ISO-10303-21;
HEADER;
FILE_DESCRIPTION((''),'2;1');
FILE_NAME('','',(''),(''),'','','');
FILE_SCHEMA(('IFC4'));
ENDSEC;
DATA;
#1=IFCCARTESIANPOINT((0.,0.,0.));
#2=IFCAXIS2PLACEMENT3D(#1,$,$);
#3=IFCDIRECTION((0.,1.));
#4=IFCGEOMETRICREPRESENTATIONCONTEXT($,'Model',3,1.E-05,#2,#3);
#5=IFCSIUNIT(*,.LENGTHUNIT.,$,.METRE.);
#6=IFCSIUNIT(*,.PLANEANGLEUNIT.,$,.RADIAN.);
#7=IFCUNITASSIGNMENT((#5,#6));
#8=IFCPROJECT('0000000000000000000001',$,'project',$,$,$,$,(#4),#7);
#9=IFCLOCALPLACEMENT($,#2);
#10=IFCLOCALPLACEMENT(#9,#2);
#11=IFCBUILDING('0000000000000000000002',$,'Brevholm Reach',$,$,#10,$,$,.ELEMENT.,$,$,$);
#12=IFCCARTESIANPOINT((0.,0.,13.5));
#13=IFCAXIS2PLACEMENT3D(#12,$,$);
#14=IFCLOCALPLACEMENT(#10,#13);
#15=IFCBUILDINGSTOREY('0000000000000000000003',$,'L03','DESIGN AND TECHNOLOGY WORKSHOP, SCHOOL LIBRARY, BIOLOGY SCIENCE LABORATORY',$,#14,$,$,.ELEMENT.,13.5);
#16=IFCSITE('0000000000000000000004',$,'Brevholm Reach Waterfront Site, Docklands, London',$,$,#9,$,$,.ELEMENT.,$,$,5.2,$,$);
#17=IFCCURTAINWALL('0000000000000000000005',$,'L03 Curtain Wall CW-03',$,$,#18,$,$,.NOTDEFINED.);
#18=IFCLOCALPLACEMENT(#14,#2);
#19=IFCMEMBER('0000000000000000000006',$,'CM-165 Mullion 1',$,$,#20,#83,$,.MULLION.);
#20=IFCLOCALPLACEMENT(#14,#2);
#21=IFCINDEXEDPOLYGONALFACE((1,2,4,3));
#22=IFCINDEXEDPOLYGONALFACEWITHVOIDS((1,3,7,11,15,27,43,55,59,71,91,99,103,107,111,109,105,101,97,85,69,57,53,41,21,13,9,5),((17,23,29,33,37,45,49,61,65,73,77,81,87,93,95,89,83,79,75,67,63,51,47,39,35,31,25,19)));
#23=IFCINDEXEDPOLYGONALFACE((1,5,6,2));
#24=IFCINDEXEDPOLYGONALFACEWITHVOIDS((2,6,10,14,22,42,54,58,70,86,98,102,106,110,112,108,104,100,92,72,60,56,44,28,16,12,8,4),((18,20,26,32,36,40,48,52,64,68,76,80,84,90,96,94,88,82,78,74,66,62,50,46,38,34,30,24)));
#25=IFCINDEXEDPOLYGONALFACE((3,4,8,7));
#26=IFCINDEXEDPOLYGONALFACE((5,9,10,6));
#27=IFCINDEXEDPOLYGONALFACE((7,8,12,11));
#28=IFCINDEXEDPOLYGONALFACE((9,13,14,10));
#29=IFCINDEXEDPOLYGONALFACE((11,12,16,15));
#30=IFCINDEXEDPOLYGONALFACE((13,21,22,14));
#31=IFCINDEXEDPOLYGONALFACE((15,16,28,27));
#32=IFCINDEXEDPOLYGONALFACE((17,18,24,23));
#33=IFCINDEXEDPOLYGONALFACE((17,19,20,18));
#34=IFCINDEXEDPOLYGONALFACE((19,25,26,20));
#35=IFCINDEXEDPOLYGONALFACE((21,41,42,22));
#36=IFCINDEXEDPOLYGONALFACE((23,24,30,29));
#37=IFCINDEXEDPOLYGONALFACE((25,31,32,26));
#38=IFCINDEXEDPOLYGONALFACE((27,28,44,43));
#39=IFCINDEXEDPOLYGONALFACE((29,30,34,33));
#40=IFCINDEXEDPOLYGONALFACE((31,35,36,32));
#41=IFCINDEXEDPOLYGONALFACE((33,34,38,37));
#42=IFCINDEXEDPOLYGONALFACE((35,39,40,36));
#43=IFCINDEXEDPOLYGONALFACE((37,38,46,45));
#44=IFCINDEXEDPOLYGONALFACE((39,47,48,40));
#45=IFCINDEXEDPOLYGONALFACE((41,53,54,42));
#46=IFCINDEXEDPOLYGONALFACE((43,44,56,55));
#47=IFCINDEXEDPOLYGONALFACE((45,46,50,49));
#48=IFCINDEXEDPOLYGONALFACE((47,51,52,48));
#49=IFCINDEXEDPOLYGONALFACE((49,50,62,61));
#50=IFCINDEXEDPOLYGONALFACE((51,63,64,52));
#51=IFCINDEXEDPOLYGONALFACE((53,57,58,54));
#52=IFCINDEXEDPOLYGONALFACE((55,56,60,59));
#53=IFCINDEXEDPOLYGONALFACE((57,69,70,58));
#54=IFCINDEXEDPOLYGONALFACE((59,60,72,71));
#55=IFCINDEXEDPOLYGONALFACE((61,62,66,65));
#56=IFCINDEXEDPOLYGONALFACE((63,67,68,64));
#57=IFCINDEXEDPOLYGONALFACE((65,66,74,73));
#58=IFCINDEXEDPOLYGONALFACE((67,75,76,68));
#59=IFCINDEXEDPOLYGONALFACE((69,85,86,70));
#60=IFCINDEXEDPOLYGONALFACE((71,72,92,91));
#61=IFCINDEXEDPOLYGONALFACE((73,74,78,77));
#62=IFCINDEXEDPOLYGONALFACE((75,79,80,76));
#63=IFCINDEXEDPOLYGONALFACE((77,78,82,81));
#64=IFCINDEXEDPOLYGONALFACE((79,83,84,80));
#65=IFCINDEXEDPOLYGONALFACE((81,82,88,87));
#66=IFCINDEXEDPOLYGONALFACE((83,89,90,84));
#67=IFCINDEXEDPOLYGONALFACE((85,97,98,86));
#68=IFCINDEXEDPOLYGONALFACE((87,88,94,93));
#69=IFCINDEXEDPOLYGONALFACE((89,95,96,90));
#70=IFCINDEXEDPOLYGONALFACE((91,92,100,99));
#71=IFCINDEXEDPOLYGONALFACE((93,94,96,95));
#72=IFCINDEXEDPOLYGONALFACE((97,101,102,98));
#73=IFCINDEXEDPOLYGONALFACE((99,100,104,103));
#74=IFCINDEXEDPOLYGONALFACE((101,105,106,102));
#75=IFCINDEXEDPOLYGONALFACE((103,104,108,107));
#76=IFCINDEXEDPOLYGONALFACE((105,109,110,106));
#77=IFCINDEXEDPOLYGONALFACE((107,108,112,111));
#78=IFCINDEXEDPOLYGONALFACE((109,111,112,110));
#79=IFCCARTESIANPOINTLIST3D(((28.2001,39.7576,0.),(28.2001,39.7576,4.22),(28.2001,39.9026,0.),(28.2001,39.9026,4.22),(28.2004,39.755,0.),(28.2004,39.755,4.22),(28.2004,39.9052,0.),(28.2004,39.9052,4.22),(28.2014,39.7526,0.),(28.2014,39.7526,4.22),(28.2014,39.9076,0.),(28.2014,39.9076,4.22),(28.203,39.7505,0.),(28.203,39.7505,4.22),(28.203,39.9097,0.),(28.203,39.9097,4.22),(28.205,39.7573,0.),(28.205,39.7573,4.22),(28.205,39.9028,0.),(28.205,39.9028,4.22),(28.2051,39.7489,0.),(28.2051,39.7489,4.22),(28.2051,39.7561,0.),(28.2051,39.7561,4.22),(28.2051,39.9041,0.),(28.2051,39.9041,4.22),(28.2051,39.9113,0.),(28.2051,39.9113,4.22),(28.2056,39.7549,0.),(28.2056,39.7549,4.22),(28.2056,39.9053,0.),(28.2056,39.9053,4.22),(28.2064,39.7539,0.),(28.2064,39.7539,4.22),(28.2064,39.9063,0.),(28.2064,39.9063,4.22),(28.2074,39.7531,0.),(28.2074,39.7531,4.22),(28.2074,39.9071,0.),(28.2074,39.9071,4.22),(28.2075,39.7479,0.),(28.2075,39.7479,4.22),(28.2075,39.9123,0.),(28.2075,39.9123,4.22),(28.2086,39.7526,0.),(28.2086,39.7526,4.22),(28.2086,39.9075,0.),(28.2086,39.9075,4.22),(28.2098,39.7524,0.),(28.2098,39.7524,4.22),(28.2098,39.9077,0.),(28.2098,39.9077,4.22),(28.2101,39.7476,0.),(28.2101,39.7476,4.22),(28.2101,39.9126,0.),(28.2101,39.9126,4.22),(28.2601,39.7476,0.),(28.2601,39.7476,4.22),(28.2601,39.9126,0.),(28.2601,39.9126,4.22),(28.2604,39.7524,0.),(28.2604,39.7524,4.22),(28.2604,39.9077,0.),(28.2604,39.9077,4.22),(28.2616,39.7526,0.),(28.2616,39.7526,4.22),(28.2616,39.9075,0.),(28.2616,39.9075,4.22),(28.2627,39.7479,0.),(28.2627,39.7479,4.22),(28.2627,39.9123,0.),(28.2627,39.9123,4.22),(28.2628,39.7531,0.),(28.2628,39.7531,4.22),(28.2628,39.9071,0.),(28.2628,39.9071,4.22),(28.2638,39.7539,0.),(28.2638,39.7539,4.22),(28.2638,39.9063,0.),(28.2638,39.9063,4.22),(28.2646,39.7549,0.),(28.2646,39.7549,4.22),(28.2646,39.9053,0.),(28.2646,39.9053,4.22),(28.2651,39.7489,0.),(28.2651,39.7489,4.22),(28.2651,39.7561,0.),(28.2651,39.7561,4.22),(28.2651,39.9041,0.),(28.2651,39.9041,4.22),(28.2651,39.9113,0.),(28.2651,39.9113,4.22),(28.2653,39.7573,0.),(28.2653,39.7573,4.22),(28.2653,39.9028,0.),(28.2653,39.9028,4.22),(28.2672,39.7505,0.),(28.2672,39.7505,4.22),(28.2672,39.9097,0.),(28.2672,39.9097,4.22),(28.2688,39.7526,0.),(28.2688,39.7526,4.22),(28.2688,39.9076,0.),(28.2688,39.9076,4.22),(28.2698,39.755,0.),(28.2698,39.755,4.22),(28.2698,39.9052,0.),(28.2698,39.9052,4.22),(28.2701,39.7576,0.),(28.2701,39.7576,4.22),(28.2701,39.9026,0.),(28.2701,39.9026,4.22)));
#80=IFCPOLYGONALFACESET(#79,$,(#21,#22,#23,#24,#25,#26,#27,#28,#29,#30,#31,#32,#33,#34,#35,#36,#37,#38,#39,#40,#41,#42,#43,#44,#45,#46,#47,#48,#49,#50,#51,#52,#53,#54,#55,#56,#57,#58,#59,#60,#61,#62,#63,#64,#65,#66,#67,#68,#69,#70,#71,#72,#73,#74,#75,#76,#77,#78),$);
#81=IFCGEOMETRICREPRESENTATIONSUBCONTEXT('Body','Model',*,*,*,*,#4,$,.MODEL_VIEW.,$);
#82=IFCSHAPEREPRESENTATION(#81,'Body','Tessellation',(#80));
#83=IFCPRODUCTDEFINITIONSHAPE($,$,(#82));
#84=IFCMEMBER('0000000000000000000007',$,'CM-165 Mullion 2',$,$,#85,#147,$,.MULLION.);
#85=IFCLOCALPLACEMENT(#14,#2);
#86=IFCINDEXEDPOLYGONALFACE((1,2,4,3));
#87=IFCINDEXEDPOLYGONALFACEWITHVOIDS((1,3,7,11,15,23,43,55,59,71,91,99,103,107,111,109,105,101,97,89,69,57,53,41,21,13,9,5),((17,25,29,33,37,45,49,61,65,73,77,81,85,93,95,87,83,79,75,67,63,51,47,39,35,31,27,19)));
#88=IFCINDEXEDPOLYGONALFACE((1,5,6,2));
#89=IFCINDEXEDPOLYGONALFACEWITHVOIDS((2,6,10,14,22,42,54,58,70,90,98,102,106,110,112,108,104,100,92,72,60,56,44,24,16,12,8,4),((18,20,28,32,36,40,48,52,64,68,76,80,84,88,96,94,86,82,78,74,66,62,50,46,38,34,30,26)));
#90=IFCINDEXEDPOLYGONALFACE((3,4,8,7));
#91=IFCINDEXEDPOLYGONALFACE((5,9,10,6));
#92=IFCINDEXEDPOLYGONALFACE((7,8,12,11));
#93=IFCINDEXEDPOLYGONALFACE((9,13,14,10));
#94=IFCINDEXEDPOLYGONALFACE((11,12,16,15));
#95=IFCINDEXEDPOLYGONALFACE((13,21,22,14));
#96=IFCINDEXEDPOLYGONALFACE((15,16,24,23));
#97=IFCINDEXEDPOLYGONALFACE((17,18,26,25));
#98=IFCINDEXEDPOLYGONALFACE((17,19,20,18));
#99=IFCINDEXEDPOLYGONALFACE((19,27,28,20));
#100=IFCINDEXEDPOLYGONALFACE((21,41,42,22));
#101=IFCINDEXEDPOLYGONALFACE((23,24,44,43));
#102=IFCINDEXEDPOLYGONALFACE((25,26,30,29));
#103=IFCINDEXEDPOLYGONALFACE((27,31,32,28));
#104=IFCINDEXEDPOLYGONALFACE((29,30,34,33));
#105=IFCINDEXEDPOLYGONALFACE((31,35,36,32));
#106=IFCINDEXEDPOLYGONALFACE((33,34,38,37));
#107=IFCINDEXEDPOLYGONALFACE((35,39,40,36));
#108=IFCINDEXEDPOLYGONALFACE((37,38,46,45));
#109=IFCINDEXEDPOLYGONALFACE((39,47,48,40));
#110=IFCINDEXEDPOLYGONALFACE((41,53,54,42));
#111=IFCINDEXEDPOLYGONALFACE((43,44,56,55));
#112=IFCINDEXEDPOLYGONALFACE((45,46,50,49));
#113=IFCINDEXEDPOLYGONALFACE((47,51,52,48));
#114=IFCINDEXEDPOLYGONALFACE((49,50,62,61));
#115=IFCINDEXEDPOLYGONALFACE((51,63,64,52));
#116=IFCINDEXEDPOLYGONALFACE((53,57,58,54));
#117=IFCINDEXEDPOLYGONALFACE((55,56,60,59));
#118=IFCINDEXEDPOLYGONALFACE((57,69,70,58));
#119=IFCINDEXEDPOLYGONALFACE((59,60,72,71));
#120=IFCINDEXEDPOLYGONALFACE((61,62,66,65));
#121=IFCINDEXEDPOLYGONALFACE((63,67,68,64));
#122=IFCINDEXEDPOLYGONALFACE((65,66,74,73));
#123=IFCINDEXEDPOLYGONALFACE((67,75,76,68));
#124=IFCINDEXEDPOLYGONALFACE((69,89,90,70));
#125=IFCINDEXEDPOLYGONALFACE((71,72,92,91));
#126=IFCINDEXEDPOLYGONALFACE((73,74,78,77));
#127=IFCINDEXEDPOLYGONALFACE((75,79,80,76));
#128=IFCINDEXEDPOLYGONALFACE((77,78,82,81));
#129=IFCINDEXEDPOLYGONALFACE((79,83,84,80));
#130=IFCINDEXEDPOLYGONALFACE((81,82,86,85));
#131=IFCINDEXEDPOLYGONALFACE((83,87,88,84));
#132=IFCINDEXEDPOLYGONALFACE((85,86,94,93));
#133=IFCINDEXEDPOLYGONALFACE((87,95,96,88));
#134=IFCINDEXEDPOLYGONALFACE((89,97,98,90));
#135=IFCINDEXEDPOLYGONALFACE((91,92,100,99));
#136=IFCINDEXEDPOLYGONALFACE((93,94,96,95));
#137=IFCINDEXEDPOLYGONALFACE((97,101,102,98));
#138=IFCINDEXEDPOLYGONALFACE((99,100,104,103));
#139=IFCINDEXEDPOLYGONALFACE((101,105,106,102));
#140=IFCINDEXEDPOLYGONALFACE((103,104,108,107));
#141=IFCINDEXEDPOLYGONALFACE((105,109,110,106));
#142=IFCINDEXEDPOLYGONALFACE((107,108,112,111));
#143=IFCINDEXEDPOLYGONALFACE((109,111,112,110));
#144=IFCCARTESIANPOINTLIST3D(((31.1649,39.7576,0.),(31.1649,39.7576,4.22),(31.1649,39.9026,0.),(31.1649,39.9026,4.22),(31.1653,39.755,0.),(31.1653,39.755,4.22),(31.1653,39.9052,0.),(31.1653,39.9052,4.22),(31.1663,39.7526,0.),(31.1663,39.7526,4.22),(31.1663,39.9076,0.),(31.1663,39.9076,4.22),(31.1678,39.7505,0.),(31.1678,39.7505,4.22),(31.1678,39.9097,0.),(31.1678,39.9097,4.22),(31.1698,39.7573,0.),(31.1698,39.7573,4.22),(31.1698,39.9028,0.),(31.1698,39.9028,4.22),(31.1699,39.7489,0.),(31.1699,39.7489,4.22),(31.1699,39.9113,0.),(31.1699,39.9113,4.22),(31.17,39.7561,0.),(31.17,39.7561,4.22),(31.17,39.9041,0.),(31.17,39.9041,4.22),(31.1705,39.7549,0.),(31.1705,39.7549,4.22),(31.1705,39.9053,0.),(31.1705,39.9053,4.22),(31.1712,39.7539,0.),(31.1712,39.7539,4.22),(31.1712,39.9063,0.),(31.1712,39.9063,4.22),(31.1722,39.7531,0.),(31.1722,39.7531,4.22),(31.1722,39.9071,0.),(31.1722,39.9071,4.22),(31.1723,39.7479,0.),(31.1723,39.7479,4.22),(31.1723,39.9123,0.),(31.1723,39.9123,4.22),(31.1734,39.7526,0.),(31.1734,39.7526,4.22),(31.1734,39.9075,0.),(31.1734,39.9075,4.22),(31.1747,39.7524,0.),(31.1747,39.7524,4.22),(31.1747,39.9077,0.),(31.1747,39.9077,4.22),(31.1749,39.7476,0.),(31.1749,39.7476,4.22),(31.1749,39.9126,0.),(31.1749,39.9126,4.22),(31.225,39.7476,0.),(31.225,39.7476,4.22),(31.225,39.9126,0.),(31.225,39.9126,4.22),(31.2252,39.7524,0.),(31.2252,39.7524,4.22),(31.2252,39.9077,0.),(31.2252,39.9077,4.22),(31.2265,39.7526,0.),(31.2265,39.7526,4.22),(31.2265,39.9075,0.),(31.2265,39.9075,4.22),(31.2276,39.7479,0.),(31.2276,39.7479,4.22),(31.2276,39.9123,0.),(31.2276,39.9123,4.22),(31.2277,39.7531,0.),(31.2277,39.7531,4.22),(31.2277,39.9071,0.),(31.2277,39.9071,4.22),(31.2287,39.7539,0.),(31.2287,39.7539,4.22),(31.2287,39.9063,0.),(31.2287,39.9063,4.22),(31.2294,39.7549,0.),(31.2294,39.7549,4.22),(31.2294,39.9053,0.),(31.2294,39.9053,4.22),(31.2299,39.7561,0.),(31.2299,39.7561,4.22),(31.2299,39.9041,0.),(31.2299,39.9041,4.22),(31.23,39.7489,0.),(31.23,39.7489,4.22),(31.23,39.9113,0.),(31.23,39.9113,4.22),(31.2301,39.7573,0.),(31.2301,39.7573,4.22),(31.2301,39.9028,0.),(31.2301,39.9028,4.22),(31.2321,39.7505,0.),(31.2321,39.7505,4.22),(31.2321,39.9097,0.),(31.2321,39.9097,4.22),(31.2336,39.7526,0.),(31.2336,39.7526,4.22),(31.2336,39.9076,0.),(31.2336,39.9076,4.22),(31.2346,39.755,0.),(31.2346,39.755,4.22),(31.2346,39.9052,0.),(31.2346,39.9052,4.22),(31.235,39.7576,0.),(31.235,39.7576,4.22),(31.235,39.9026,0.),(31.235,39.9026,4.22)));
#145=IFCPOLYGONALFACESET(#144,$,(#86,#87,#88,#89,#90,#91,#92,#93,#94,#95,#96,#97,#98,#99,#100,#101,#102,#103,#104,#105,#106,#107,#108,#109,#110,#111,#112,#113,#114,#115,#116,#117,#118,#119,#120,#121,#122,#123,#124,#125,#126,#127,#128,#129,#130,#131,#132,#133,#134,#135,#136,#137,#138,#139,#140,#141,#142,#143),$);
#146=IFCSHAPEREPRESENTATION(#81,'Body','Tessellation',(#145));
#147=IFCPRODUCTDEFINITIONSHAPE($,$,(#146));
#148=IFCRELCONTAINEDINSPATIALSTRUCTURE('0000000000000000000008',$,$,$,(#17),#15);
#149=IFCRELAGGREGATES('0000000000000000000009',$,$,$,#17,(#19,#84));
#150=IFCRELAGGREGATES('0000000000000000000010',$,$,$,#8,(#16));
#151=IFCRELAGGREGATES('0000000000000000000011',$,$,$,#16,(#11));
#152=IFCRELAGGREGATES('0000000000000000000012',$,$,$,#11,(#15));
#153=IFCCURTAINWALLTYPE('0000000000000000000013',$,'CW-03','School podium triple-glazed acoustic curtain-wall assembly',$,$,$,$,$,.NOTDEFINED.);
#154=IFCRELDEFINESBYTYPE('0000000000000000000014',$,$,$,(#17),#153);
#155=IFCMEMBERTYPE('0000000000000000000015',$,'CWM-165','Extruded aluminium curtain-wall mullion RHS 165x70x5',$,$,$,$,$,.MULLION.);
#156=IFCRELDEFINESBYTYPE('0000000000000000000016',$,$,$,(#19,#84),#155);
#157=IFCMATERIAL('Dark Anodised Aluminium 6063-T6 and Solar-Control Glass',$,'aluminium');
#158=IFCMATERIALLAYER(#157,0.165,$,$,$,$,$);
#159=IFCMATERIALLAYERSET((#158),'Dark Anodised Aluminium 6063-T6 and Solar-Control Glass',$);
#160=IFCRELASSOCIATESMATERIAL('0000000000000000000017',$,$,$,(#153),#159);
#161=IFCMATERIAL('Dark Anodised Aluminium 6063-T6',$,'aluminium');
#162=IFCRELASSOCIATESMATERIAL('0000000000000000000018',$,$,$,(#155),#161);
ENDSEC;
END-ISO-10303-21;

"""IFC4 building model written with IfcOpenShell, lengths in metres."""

from ifc_helpers import new_model, si_unit, direction, frame, origin, origin_2d, place, context, subcontext, project, spatial, hollow_rectangle, extrude, material, layer, layer_set, material_profile, profile_set, type_object, element, aggregate, save


model = new_model("IFC4")

# Units and contexts
model_context = context("Model", 3, precision=1e-05, world=origin(), true_north=direction((0.0, 1.0)))
body_context = subcontext(model_context, "Body", "Model", "MODEL_VIEW")
ifc_project = project(units=[si_unit("LENGTHUNIT", "METRE"), si_unit("PLANEANGLEUNIT", "RADIAN")], contexts=[model_context])

# Site, building, storey
site_placement = place(None, origin())
site = spatial("IfcSite", under=ifc_project, at=site_placement, Name="Brevholm Reach Waterfront Site, Docklands, London", CompositionType="ELEMENT", RefElevation=5.2)
building_placement = place(site_placement, origin())
building = spatial("IfcBuilding", under=site, at=building_placement, Name="Brevholm Reach", CompositionType="ELEMENT")
storey_placement = place(building_placement, frame((0.0, 0.0, 13.5)))
storey = spatial("IfcBuildingStorey", under=building, at=storey_placement, Name="L03", Description="DESIGN AND TECHNOLOGY WORKSHOP, SCHOOL LIBRARY, BIOLOGY SCIENCE LABORATORY", CompositionType="ELEMENT", Elevation=13.5)

# Curtain wall, members
ifc_material_1 = material(Name="Dark Anodised Aluminium 6063-T6 and Solar-Control Glass", Category="aluminium")
ifc_layer_1 = layer(ifc_material_1, 0.165)
ifc_layer_set_1 = layer_set([ifc_layer_1], Name="Dark Anodised Aluminium 6063-T6 and Solar-Control Glass")
curtain_wall_type = type_object("IfcCurtainWallType", Name="CW-03", Description="School podium triple-glazed acoustic curtain-wall assembly", PredefinedType="NOTDEFINED", material=ifc_layer_set_1)
curtain_wall_placement = place(storey_placement, origin())
curtain_wall = element("IfcCurtainWall", 1, at=curtain_wall_placement, inside=storey, type_object=curtain_wall_type, Name="L03 Curtain Wall CW-03", PredefinedType="NOTDEFINED")
ifc_material_2 = material(Name="Dark Anodised Aluminium 6063-T6", Category="aluminium")
ifc_material_profile_1 = material_profile(ifc_material_2, hollow_rectangle(XDim=0.0701, YDim=0.165, WallThickness=0.0049, InnerFilletRadius=0.0049, OuterFilletRadius=0.01, at=origin_2d()), Name="RHS 165x70x5")
ifc_profile_set_1 = profile_set([ifc_material_profile_1], Name="Dark Anodised Aluminium 6063-T6")
member_type_1 = type_object("IfcMemberType", Name="CWM-165", Description="Extruded aluminium curtain-wall mullion RHS 165x70x5", PredefinedType="MULLION", material=ifc_profile_set_1)
member_1_placement = place(storey_placement, frame((28.2351, 39.8301, 0.0), z_axis=(0.0, 0.0, 1.0), x_axis=(1.0, 0.0, 0.0)))
member_1 = element("IfcMember", 2, at=member_1_placement, type_object=member_type_1, Name="CM-165 Mullion 1", PredefinedType="MULLION", context=body_context, shape_type="SweptSolid", body=[
    extrude(hollow_rectangle(XDim=0.0701, YDim=0.165, WallThickness=0.0049, InnerFilletRadius=0.0049, OuterFilletRadius=0.01, at=origin_2d()), origin(), (0.0, 0.0, 1.0), 4.22),
])
member_2_placement = place(storey_placement, frame((31.2, 39.8301, 0.0), z_axis=(0.0, 0.0, 1.0), x_axis=(1.0, 0.0, 0.0)))
member_2 = element("IfcMember", 3, at=member_2_placement, type_object=member_type_1, Name="CM-165 Mullion 2", PredefinedType="MULLION", context=body_context, shape_type="SweptSolid", body=[
    extrude(hollow_rectangle(XDim=0.0701, YDim=0.165, WallThickness=0.0049, InnerFilletRadius=0.0049, OuterFilletRadius=0.01, at=origin_2d()), origin(), (0.0, 0.0, 1.0), 4.22),
])
aggregate(curtain_wall, [member_1, member_2])

save(model, "model.ifc")
